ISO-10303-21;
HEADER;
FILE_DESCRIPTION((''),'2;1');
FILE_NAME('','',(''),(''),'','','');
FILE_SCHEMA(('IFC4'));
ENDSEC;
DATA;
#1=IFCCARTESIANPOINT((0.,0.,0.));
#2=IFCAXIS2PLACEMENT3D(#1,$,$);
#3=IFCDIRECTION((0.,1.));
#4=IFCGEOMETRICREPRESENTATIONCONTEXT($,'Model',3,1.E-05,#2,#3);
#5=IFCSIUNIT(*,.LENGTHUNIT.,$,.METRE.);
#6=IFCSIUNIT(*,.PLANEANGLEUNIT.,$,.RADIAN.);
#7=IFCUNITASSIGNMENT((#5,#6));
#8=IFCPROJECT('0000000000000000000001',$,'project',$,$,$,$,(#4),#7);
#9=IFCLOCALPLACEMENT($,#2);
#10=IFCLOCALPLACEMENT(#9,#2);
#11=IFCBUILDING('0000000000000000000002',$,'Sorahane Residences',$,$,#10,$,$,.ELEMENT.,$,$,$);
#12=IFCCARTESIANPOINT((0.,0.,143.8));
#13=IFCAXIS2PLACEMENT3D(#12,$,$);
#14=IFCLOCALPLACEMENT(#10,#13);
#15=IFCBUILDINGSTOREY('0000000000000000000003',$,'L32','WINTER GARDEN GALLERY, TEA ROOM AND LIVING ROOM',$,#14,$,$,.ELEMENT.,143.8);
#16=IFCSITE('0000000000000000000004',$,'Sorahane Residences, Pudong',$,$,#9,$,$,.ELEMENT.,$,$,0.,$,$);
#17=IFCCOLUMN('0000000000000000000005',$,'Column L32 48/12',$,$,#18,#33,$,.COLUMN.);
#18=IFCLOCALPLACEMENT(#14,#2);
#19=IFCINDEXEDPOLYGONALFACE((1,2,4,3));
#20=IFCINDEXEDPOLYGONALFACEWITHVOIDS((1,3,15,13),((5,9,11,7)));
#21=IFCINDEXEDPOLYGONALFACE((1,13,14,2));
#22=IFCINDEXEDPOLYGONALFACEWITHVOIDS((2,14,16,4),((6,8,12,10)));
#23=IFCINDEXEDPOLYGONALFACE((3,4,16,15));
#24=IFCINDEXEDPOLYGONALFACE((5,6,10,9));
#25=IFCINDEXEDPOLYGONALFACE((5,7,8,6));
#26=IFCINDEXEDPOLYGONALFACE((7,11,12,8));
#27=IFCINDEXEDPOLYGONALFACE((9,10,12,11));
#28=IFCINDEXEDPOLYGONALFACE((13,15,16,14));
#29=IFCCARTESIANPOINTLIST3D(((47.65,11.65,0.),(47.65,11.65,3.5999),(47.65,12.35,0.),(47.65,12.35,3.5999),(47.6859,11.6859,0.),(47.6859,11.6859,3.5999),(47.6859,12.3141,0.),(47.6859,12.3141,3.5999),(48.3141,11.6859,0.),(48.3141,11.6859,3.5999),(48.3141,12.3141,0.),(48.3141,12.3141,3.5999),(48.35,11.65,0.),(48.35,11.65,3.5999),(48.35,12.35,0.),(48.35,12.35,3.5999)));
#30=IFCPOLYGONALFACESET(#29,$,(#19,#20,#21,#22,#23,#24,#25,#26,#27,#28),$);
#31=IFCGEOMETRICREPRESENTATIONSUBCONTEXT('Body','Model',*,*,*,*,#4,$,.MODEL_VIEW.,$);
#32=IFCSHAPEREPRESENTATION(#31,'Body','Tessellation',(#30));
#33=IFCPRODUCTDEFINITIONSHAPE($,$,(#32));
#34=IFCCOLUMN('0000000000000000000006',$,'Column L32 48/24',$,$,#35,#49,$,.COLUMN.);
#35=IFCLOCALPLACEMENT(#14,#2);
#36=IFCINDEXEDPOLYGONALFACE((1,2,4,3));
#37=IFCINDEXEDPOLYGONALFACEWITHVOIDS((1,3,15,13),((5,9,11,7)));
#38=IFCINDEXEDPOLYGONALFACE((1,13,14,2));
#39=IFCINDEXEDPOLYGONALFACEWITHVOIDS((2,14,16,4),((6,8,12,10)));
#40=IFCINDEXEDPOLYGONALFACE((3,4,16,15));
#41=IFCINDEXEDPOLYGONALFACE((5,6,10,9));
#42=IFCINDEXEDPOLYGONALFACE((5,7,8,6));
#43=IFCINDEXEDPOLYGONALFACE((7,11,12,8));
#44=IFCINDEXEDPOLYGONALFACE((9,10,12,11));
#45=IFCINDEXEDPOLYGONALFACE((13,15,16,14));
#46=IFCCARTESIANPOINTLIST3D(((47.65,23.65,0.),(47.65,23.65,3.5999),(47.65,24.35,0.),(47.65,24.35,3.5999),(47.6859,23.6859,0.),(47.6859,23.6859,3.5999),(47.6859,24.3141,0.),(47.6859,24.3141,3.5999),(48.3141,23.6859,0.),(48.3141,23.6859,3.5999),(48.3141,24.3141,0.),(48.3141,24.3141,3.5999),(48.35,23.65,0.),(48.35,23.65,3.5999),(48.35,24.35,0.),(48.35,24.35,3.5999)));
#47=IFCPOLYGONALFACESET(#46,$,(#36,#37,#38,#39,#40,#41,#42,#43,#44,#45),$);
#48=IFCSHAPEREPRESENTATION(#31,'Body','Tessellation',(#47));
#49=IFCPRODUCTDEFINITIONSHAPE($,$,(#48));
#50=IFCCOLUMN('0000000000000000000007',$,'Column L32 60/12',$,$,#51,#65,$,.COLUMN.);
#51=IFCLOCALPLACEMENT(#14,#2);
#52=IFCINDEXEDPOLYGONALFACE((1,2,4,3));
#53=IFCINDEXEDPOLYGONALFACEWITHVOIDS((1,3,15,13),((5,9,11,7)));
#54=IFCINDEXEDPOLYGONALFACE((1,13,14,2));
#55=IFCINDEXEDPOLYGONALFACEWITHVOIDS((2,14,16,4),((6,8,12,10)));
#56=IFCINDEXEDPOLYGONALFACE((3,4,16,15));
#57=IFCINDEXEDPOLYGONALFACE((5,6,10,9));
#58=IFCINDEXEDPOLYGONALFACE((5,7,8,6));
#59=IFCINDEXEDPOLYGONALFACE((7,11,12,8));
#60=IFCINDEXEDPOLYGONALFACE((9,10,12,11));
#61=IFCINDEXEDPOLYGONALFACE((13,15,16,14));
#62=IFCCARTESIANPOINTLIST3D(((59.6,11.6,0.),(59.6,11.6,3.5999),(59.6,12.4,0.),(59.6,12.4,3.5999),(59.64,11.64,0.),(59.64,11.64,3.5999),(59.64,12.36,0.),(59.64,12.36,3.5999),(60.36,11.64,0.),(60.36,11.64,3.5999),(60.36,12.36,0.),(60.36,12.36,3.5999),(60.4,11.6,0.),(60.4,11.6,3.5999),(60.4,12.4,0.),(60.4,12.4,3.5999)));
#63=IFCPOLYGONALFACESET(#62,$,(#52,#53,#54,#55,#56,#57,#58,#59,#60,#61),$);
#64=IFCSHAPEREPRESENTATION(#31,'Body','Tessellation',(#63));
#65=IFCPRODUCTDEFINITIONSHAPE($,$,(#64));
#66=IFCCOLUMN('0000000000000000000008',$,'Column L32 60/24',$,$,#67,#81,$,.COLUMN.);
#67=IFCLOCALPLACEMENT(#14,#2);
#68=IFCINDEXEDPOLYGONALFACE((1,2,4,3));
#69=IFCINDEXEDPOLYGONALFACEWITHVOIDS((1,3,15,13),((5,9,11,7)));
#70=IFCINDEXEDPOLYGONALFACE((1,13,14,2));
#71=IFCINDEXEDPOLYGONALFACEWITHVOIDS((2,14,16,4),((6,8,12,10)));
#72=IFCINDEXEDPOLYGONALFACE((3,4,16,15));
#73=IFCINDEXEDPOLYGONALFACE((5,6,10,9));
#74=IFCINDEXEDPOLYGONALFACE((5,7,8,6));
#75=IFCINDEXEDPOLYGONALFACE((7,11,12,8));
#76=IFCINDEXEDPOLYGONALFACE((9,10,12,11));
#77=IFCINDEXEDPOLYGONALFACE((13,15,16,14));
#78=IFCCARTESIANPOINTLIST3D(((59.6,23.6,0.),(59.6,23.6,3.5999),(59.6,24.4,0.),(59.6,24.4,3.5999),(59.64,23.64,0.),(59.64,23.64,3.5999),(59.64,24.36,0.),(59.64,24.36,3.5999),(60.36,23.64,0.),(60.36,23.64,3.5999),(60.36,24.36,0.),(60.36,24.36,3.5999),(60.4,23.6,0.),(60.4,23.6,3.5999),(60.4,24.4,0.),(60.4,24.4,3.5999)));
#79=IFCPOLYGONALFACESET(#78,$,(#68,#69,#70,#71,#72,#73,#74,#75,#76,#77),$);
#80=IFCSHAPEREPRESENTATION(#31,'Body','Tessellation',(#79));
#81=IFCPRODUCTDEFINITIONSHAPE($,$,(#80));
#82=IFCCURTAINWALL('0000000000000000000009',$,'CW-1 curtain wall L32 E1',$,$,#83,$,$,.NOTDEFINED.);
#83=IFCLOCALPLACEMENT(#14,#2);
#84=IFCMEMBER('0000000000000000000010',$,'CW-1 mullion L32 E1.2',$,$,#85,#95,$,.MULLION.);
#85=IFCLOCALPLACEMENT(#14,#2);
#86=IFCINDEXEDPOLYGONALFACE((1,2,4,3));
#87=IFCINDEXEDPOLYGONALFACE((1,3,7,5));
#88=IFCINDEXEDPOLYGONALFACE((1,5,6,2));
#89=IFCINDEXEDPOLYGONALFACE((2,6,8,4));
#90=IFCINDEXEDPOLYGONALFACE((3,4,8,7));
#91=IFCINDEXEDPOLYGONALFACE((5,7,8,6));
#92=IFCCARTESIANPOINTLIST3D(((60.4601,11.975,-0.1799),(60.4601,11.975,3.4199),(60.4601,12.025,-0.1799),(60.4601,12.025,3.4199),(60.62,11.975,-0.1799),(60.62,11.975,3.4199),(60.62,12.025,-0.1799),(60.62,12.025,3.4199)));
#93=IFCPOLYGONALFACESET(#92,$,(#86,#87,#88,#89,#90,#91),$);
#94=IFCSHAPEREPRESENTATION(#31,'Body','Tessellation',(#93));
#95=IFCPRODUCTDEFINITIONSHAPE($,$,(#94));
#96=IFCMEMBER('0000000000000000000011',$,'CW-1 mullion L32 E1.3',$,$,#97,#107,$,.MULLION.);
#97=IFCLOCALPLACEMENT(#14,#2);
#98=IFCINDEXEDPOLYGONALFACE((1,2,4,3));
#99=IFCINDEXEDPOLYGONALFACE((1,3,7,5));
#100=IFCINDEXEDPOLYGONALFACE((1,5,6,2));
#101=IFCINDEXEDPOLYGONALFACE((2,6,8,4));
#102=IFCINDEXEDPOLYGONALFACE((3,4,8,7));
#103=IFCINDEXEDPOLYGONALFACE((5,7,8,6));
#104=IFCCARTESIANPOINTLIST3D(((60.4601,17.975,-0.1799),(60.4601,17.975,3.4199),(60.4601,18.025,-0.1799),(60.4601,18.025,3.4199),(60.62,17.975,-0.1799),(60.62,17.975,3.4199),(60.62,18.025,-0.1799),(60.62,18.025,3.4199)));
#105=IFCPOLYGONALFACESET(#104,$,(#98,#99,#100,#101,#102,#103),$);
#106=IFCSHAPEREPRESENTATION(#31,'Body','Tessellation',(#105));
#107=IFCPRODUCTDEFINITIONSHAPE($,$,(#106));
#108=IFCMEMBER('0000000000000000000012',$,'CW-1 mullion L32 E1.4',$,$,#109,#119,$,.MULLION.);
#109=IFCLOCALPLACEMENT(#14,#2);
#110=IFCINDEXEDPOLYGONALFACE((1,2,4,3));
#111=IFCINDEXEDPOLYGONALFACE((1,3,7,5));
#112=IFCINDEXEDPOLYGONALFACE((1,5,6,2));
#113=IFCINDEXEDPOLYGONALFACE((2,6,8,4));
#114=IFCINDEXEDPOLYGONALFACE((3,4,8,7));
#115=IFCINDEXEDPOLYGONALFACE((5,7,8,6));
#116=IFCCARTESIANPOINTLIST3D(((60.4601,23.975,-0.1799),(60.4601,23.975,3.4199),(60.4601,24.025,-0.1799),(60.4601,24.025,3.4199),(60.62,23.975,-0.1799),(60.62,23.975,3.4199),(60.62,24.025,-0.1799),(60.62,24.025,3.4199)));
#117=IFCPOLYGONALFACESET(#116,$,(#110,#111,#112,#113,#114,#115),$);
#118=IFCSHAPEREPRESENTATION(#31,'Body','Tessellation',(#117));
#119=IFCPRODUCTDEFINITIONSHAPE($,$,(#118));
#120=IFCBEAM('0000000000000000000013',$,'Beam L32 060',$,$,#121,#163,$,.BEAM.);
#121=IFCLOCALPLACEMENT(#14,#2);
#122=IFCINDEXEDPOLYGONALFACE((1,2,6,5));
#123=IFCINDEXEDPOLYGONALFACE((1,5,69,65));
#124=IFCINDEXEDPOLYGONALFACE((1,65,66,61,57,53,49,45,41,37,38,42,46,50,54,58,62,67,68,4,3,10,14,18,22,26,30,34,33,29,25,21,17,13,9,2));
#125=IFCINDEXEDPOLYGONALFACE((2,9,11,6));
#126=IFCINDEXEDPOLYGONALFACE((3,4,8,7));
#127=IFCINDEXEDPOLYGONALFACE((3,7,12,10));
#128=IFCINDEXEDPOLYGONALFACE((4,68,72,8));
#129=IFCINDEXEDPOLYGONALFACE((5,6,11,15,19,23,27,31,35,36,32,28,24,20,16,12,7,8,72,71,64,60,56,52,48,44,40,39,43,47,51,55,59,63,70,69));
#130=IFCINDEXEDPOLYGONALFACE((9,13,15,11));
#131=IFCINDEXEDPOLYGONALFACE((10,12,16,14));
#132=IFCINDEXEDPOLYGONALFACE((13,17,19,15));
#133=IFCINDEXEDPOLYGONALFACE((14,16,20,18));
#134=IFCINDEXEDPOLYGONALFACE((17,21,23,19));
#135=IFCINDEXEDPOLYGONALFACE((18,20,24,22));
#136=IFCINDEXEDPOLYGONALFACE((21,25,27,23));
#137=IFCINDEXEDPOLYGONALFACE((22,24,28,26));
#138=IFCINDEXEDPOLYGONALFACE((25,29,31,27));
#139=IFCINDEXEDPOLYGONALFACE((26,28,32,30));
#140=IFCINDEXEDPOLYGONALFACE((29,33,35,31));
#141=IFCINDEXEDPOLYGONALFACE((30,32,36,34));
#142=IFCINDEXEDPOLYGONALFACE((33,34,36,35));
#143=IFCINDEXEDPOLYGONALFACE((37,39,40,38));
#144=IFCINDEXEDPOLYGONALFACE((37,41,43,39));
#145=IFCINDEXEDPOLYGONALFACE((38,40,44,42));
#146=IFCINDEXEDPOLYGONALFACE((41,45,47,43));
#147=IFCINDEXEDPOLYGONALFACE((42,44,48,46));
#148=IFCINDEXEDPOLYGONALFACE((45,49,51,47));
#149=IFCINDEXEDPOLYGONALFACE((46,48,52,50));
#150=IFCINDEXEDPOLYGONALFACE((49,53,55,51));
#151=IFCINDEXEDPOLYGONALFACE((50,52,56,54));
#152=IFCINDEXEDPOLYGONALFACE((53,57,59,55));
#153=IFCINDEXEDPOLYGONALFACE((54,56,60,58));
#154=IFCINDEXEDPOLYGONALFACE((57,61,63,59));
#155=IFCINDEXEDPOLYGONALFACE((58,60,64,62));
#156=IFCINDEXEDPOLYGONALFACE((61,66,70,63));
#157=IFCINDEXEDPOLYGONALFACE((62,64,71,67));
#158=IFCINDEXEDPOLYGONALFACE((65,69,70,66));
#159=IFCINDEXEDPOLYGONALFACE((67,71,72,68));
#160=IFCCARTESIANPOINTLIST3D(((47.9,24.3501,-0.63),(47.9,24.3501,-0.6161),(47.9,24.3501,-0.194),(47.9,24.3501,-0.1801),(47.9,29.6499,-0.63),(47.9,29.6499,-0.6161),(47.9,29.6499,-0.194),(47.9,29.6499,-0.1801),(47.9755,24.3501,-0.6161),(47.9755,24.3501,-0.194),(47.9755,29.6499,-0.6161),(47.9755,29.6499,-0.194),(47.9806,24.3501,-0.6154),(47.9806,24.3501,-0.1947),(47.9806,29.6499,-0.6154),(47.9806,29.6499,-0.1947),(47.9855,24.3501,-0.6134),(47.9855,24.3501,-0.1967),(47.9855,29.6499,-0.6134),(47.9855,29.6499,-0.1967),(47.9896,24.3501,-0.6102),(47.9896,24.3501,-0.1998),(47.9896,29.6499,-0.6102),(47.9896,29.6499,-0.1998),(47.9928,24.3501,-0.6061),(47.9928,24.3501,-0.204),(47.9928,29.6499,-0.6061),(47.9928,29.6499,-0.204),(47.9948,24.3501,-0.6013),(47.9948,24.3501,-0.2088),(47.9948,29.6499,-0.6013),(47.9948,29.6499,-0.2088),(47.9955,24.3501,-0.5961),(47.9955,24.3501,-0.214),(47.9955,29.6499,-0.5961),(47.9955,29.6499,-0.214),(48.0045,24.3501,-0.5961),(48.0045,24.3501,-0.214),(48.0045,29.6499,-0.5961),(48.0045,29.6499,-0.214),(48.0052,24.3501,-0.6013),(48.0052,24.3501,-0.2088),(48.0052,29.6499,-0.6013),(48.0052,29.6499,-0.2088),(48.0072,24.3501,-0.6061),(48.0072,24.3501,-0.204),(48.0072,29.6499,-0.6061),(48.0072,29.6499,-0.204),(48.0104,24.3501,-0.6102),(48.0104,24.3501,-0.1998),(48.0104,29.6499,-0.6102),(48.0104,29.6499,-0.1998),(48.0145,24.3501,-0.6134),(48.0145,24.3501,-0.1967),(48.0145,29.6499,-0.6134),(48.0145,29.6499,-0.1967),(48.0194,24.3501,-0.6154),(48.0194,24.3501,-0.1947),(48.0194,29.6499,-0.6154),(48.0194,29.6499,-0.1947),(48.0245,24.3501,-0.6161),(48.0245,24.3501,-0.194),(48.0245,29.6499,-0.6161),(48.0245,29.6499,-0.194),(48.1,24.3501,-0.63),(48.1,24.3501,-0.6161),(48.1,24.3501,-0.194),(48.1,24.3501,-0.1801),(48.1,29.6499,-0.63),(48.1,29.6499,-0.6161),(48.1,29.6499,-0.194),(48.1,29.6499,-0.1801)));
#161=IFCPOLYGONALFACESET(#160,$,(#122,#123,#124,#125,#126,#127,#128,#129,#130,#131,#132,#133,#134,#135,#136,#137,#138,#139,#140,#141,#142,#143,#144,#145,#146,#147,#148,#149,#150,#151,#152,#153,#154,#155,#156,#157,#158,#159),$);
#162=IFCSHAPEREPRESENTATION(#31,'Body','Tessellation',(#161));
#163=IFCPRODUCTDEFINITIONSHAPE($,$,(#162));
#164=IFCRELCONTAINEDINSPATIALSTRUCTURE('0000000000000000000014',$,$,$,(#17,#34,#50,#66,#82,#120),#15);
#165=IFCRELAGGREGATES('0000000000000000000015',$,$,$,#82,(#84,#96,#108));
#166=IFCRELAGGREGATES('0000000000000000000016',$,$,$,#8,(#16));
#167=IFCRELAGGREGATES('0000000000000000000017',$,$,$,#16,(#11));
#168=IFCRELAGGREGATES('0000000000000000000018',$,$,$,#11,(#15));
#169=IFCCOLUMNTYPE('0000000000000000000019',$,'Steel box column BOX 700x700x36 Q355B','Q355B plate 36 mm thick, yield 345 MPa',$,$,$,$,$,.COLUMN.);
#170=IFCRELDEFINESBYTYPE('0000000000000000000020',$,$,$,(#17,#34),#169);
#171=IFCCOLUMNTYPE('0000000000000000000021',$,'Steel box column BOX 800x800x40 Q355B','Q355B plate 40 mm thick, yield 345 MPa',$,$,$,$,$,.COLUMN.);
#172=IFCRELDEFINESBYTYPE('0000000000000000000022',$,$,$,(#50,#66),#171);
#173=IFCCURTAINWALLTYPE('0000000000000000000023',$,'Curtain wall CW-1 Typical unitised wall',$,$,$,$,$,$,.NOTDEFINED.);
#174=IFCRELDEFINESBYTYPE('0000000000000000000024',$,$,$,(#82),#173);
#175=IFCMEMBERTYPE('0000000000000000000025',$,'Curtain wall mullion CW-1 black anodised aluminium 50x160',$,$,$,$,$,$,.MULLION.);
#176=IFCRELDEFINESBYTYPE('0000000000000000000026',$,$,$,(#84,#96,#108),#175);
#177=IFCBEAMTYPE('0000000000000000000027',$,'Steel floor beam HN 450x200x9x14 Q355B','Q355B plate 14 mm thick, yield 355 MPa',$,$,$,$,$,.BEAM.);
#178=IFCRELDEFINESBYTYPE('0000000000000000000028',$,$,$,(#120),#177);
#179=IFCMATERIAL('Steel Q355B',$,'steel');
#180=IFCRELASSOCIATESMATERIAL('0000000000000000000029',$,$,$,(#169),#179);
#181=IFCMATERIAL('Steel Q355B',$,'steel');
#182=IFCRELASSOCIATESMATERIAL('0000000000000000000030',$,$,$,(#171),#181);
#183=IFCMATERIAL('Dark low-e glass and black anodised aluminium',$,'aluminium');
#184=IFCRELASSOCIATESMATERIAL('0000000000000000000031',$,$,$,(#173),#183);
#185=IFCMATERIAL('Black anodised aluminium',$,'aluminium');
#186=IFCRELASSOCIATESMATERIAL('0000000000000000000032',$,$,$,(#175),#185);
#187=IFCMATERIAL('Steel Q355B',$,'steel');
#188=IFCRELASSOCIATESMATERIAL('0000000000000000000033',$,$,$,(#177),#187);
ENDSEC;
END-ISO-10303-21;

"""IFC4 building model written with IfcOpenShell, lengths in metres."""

from ifc_helpers import new_model, si_unit, direction, frame, origin, origin_2d, place, context, subcontext, project, spatial, rectangle, hollow_rectangle, i_section, extrude, material, material_profile, profile_set, type_object, element, aggregate, save


model = new_model("IFC4")

# Units and contexts
model_context = context("Model", 3, precision=1e-05, world=origin(), true_north=direction((0.0, 1.0)))
body_context = subcontext(model_context, "Body", "Model", "MODEL_VIEW")
ifc_project = project(units=[si_unit("LENGTHUNIT", "METRE"), si_unit("PLANEANGLEUNIT", "RADIAN")], contexts=[model_context])

# Site, building, storey
site_placement = place(None, origin())
site = spatial("IfcSite", under=ifc_project, at=site_placement, Name="Sorahane Residences, Pudong", CompositionType="ELEMENT", RefElevation=0.0)
building_placement = place(site_placement, origin())
building = spatial("IfcBuilding", under=site, at=building_placement, Name="Sorahane Residences", CompositionType="ELEMENT")
storey_placement = place(building_placement, frame((0.0, 0.0, 143.8)))
storey = spatial("IfcBuildingStorey", under=building, at=storey_placement, Name="L32", Description="WINTER GARDEN GALLERY, TEA ROOM AND LIVING ROOM", CompositionType="ELEMENT", Elevation=143.8)

# Columns
ifc_material_1 = material(Name="Steel Q355B", Category="steel")
ifc_material_profile_1 = material_profile(ifc_material_1, hollow_rectangle(XDim=0.7, YDim=0.7, WallThickness=0.0359, at=origin_2d()), Name="BOX 700x700x36")
ifc_profile_set_1 = profile_set([ifc_material_profile_1], Name="Steel Q355B")
column_type_1 = type_object("IfcColumnType", Name="Steel box column BOX 700x700x36 Q355B", Description="Q355B plate 36 mm thick, yield 345 MPa", PredefinedType="COLUMN", material=ifc_profile_set_1)
for number, where, z_axis, x_axis, name in (
    (1, (48.0, 12.0, 0.0), (0.0, 0.0, 1.0), (1.0, 0.0, 0.0), "Column L32 48/12"),
    (2, (48.0, 24.0, 0.0), (0.0, 0.0, 1.0), (1.0, 0.0, 0.0), "Column L32 48/24"),
):
    element("IfcColumn", number, at=place(storey_placement, frame(where, z_axis=z_axis, x_axis=x_axis)), inside=storey, type_object=column_type_1, Name=name, PredefinedType="COLUMN", context=body_context, shape_type="SweptSolid", body=[
        extrude(hollow_rectangle(XDim=0.7, YDim=0.7, WallThickness=0.0359, at=origin_2d()), origin(), (0.0, 0.0, 1.0), 3.5999),
    ])
ifc_material_2 = material(Name="Steel Q355B", Category="steel")
ifc_material_profile_2 = material_profile(ifc_material_2, hollow_rectangle(XDim=0.8, YDim=0.8, WallThickness=0.04, at=origin_2d()), Name="BOX 800x800x40")
ifc_profile_set_2 = profile_set([ifc_material_profile_2], Name="Steel Q355B")
column_type_2 = type_object("IfcColumnType", Name="Steel box column BOX 800x800x40 Q355B", Description="Q355B plate 40 mm thick, yield 345 MPa", PredefinedType="COLUMN", material=ifc_profile_set_2)
for number, where, z_axis, x_axis, name in (
    (3, (60.0, 12.0, 0.0), (0.0, 0.0, 1.0), (1.0, 0.0, 0.0), "Column L32 60/12"),
    (4, (60.0, 24.0, 0.0), (0.0, 0.0, 1.0), (1.0, 0.0, 0.0), "Column L32 60/24"),
):
    element("IfcColumn", number, at=place(storey_placement, frame(where, z_axis=z_axis, x_axis=x_axis)), inside=storey, type_object=column_type_2, Name=name, PredefinedType="COLUMN", context=body_context, shape_type="SweptSolid", body=[
        extrude(hollow_rectangle(XDim=0.8, YDim=0.8, WallThickness=0.04, at=origin_2d()), origin(), (0.0, 0.0, 1.0), 3.5999),
    ])

# Curtain wall, members
ifc_material_3 = material(Name="Dark low-e glass and black anodised aluminium", Category="aluminium")
curtain_wall_type = type_object("IfcCurtainWallType", Name="Curtain wall CW-1 Typical unitised wall", PredefinedType="NOTDEFINED", material=ifc_material_3)
curtain_wall_placement = place(storey_placement, origin())
curtain_wall = element("IfcCurtainWall", 5, at=curtain_wall_placement, inside=storey, type_object=curtain_wall_type, Name="CW-1 curtain wall L32 E1", PredefinedType="NOTDEFINED")
ifc_material_4 = material(Name="Black anodised aluminium", Category="aluminium")
ifc_material_profile_3 = material_profile(ifc_material_4, rectangle(XDim=0.1599, YDim=0.05, at=origin_2d()), Name="Curtain wall mullion CW-1 black anodised aluminium 50x160")
ifc_profile_set_3 = profile_set([ifc_material_profile_3], Name="Black anodised aluminium")
member_type = type_object("IfcMemberType", Name="Curtain wall mullion CW-1 black anodised aluminium 50x160", PredefinedType="MULLION", material=ifc_profile_set_3)
member_1_placement = place(storey_placement, frame((60.54, 12.0, -0.1799), z_axis=(0.0, 0.0, 1.0), x_axis=(1.0, 0.0, 0.0)))
member_1 = element("IfcMember", 6, at=member_1_placement, type_object=member_type, Name="CW-1 mullion L32 E1.2", PredefinedType="MULLION", context=body_context, shape_type="SweptSolid", body=[
    extrude(rectangle(XDim=0.1599, YDim=0.05, at=origin_2d()), origin(), (0.0, 0.0, 1.0), 3.5999),
])
member_2_placement = place(storey_placement, frame((60.54, 18.0, -0.1799), z_axis=(0.0, 0.0, 1.0), x_axis=(1.0, 0.0, 0.0)))
member_2 = element("IfcMember", 7, at=member_2_placement, type_object=member_type, Name="CW-1 mullion L32 E1.3", PredefinedType="MULLION", context=body_context, shape_type="SweptSolid", body=[
    extrude(rectangle(XDim=0.1599, YDim=0.05, at=origin_2d()), origin(), (0.0, 0.0, 1.0), 3.5999),
])
member_3_placement = place(storey_placement, frame((60.54, 24.0, -0.1799), z_axis=(0.0, 0.0, 1.0), x_axis=(1.0, 0.0, 0.0)))
member_3 = element("IfcMember", 8, at=member_3_placement, type_object=member_type, Name="CW-1 mullion L32 E1.4", PredefinedType="MULLION", context=body_context, shape_type="SweptSolid", body=[
    extrude(rectangle(XDim=0.1599, YDim=0.05, at=origin_2d()), origin(), (0.0, 0.0, 1.0), 3.5999),
])

# Beam
ifc_material_5 = material(Name="Steel Q355B", Category="steel")
ifc_material_profile_4 = material_profile(ifc_material_5, i_section(OverallWidth=0.2, OverallDepth=0.45, WebThickness=0.009, FlangeThickness=0.0139, FilletRadius=0.02, at=origin_2d()), Name="HN 450x200x9x14")
ifc_profile_set_4 = profile_set([ifc_material_profile_4], Name="Steel Q355B")
beam_type_1 = type_object("IfcBeamType", Name="Steel floor beam HN 450x200x9x14 Q355B", Description="Q355B plate 14 mm thick, yield 355 MPa", PredefinedType="BEAM", material=ifc_profile_set_4)
beam_1_placement = place(storey_placement, frame((48.0, 24.3501, -0.405), z_axis=(0.0, 1.0, 0.0), x_axis=(-1.0, 0.0, 0.0)))
element("IfcBeam", 9, at=beam_1_placement, inside=storey, type_object=beam_type_1, Name="Beam L32 060", PredefinedType="BEAM", context=body_context, shape_type="SweptSolid", body=[
    extrude(i_section(OverallWidth=0.2, OverallDepth=0.45, WebThickness=0.009, FlangeThickness=0.0139, FilletRadius=0.02, at=origin_2d()), origin(), (0.0, 0.0, 1.0), 5.2998),
])

aggregate(curtain_wall, [member_1, member_2, member_3])

save(model, "model.ifc")
